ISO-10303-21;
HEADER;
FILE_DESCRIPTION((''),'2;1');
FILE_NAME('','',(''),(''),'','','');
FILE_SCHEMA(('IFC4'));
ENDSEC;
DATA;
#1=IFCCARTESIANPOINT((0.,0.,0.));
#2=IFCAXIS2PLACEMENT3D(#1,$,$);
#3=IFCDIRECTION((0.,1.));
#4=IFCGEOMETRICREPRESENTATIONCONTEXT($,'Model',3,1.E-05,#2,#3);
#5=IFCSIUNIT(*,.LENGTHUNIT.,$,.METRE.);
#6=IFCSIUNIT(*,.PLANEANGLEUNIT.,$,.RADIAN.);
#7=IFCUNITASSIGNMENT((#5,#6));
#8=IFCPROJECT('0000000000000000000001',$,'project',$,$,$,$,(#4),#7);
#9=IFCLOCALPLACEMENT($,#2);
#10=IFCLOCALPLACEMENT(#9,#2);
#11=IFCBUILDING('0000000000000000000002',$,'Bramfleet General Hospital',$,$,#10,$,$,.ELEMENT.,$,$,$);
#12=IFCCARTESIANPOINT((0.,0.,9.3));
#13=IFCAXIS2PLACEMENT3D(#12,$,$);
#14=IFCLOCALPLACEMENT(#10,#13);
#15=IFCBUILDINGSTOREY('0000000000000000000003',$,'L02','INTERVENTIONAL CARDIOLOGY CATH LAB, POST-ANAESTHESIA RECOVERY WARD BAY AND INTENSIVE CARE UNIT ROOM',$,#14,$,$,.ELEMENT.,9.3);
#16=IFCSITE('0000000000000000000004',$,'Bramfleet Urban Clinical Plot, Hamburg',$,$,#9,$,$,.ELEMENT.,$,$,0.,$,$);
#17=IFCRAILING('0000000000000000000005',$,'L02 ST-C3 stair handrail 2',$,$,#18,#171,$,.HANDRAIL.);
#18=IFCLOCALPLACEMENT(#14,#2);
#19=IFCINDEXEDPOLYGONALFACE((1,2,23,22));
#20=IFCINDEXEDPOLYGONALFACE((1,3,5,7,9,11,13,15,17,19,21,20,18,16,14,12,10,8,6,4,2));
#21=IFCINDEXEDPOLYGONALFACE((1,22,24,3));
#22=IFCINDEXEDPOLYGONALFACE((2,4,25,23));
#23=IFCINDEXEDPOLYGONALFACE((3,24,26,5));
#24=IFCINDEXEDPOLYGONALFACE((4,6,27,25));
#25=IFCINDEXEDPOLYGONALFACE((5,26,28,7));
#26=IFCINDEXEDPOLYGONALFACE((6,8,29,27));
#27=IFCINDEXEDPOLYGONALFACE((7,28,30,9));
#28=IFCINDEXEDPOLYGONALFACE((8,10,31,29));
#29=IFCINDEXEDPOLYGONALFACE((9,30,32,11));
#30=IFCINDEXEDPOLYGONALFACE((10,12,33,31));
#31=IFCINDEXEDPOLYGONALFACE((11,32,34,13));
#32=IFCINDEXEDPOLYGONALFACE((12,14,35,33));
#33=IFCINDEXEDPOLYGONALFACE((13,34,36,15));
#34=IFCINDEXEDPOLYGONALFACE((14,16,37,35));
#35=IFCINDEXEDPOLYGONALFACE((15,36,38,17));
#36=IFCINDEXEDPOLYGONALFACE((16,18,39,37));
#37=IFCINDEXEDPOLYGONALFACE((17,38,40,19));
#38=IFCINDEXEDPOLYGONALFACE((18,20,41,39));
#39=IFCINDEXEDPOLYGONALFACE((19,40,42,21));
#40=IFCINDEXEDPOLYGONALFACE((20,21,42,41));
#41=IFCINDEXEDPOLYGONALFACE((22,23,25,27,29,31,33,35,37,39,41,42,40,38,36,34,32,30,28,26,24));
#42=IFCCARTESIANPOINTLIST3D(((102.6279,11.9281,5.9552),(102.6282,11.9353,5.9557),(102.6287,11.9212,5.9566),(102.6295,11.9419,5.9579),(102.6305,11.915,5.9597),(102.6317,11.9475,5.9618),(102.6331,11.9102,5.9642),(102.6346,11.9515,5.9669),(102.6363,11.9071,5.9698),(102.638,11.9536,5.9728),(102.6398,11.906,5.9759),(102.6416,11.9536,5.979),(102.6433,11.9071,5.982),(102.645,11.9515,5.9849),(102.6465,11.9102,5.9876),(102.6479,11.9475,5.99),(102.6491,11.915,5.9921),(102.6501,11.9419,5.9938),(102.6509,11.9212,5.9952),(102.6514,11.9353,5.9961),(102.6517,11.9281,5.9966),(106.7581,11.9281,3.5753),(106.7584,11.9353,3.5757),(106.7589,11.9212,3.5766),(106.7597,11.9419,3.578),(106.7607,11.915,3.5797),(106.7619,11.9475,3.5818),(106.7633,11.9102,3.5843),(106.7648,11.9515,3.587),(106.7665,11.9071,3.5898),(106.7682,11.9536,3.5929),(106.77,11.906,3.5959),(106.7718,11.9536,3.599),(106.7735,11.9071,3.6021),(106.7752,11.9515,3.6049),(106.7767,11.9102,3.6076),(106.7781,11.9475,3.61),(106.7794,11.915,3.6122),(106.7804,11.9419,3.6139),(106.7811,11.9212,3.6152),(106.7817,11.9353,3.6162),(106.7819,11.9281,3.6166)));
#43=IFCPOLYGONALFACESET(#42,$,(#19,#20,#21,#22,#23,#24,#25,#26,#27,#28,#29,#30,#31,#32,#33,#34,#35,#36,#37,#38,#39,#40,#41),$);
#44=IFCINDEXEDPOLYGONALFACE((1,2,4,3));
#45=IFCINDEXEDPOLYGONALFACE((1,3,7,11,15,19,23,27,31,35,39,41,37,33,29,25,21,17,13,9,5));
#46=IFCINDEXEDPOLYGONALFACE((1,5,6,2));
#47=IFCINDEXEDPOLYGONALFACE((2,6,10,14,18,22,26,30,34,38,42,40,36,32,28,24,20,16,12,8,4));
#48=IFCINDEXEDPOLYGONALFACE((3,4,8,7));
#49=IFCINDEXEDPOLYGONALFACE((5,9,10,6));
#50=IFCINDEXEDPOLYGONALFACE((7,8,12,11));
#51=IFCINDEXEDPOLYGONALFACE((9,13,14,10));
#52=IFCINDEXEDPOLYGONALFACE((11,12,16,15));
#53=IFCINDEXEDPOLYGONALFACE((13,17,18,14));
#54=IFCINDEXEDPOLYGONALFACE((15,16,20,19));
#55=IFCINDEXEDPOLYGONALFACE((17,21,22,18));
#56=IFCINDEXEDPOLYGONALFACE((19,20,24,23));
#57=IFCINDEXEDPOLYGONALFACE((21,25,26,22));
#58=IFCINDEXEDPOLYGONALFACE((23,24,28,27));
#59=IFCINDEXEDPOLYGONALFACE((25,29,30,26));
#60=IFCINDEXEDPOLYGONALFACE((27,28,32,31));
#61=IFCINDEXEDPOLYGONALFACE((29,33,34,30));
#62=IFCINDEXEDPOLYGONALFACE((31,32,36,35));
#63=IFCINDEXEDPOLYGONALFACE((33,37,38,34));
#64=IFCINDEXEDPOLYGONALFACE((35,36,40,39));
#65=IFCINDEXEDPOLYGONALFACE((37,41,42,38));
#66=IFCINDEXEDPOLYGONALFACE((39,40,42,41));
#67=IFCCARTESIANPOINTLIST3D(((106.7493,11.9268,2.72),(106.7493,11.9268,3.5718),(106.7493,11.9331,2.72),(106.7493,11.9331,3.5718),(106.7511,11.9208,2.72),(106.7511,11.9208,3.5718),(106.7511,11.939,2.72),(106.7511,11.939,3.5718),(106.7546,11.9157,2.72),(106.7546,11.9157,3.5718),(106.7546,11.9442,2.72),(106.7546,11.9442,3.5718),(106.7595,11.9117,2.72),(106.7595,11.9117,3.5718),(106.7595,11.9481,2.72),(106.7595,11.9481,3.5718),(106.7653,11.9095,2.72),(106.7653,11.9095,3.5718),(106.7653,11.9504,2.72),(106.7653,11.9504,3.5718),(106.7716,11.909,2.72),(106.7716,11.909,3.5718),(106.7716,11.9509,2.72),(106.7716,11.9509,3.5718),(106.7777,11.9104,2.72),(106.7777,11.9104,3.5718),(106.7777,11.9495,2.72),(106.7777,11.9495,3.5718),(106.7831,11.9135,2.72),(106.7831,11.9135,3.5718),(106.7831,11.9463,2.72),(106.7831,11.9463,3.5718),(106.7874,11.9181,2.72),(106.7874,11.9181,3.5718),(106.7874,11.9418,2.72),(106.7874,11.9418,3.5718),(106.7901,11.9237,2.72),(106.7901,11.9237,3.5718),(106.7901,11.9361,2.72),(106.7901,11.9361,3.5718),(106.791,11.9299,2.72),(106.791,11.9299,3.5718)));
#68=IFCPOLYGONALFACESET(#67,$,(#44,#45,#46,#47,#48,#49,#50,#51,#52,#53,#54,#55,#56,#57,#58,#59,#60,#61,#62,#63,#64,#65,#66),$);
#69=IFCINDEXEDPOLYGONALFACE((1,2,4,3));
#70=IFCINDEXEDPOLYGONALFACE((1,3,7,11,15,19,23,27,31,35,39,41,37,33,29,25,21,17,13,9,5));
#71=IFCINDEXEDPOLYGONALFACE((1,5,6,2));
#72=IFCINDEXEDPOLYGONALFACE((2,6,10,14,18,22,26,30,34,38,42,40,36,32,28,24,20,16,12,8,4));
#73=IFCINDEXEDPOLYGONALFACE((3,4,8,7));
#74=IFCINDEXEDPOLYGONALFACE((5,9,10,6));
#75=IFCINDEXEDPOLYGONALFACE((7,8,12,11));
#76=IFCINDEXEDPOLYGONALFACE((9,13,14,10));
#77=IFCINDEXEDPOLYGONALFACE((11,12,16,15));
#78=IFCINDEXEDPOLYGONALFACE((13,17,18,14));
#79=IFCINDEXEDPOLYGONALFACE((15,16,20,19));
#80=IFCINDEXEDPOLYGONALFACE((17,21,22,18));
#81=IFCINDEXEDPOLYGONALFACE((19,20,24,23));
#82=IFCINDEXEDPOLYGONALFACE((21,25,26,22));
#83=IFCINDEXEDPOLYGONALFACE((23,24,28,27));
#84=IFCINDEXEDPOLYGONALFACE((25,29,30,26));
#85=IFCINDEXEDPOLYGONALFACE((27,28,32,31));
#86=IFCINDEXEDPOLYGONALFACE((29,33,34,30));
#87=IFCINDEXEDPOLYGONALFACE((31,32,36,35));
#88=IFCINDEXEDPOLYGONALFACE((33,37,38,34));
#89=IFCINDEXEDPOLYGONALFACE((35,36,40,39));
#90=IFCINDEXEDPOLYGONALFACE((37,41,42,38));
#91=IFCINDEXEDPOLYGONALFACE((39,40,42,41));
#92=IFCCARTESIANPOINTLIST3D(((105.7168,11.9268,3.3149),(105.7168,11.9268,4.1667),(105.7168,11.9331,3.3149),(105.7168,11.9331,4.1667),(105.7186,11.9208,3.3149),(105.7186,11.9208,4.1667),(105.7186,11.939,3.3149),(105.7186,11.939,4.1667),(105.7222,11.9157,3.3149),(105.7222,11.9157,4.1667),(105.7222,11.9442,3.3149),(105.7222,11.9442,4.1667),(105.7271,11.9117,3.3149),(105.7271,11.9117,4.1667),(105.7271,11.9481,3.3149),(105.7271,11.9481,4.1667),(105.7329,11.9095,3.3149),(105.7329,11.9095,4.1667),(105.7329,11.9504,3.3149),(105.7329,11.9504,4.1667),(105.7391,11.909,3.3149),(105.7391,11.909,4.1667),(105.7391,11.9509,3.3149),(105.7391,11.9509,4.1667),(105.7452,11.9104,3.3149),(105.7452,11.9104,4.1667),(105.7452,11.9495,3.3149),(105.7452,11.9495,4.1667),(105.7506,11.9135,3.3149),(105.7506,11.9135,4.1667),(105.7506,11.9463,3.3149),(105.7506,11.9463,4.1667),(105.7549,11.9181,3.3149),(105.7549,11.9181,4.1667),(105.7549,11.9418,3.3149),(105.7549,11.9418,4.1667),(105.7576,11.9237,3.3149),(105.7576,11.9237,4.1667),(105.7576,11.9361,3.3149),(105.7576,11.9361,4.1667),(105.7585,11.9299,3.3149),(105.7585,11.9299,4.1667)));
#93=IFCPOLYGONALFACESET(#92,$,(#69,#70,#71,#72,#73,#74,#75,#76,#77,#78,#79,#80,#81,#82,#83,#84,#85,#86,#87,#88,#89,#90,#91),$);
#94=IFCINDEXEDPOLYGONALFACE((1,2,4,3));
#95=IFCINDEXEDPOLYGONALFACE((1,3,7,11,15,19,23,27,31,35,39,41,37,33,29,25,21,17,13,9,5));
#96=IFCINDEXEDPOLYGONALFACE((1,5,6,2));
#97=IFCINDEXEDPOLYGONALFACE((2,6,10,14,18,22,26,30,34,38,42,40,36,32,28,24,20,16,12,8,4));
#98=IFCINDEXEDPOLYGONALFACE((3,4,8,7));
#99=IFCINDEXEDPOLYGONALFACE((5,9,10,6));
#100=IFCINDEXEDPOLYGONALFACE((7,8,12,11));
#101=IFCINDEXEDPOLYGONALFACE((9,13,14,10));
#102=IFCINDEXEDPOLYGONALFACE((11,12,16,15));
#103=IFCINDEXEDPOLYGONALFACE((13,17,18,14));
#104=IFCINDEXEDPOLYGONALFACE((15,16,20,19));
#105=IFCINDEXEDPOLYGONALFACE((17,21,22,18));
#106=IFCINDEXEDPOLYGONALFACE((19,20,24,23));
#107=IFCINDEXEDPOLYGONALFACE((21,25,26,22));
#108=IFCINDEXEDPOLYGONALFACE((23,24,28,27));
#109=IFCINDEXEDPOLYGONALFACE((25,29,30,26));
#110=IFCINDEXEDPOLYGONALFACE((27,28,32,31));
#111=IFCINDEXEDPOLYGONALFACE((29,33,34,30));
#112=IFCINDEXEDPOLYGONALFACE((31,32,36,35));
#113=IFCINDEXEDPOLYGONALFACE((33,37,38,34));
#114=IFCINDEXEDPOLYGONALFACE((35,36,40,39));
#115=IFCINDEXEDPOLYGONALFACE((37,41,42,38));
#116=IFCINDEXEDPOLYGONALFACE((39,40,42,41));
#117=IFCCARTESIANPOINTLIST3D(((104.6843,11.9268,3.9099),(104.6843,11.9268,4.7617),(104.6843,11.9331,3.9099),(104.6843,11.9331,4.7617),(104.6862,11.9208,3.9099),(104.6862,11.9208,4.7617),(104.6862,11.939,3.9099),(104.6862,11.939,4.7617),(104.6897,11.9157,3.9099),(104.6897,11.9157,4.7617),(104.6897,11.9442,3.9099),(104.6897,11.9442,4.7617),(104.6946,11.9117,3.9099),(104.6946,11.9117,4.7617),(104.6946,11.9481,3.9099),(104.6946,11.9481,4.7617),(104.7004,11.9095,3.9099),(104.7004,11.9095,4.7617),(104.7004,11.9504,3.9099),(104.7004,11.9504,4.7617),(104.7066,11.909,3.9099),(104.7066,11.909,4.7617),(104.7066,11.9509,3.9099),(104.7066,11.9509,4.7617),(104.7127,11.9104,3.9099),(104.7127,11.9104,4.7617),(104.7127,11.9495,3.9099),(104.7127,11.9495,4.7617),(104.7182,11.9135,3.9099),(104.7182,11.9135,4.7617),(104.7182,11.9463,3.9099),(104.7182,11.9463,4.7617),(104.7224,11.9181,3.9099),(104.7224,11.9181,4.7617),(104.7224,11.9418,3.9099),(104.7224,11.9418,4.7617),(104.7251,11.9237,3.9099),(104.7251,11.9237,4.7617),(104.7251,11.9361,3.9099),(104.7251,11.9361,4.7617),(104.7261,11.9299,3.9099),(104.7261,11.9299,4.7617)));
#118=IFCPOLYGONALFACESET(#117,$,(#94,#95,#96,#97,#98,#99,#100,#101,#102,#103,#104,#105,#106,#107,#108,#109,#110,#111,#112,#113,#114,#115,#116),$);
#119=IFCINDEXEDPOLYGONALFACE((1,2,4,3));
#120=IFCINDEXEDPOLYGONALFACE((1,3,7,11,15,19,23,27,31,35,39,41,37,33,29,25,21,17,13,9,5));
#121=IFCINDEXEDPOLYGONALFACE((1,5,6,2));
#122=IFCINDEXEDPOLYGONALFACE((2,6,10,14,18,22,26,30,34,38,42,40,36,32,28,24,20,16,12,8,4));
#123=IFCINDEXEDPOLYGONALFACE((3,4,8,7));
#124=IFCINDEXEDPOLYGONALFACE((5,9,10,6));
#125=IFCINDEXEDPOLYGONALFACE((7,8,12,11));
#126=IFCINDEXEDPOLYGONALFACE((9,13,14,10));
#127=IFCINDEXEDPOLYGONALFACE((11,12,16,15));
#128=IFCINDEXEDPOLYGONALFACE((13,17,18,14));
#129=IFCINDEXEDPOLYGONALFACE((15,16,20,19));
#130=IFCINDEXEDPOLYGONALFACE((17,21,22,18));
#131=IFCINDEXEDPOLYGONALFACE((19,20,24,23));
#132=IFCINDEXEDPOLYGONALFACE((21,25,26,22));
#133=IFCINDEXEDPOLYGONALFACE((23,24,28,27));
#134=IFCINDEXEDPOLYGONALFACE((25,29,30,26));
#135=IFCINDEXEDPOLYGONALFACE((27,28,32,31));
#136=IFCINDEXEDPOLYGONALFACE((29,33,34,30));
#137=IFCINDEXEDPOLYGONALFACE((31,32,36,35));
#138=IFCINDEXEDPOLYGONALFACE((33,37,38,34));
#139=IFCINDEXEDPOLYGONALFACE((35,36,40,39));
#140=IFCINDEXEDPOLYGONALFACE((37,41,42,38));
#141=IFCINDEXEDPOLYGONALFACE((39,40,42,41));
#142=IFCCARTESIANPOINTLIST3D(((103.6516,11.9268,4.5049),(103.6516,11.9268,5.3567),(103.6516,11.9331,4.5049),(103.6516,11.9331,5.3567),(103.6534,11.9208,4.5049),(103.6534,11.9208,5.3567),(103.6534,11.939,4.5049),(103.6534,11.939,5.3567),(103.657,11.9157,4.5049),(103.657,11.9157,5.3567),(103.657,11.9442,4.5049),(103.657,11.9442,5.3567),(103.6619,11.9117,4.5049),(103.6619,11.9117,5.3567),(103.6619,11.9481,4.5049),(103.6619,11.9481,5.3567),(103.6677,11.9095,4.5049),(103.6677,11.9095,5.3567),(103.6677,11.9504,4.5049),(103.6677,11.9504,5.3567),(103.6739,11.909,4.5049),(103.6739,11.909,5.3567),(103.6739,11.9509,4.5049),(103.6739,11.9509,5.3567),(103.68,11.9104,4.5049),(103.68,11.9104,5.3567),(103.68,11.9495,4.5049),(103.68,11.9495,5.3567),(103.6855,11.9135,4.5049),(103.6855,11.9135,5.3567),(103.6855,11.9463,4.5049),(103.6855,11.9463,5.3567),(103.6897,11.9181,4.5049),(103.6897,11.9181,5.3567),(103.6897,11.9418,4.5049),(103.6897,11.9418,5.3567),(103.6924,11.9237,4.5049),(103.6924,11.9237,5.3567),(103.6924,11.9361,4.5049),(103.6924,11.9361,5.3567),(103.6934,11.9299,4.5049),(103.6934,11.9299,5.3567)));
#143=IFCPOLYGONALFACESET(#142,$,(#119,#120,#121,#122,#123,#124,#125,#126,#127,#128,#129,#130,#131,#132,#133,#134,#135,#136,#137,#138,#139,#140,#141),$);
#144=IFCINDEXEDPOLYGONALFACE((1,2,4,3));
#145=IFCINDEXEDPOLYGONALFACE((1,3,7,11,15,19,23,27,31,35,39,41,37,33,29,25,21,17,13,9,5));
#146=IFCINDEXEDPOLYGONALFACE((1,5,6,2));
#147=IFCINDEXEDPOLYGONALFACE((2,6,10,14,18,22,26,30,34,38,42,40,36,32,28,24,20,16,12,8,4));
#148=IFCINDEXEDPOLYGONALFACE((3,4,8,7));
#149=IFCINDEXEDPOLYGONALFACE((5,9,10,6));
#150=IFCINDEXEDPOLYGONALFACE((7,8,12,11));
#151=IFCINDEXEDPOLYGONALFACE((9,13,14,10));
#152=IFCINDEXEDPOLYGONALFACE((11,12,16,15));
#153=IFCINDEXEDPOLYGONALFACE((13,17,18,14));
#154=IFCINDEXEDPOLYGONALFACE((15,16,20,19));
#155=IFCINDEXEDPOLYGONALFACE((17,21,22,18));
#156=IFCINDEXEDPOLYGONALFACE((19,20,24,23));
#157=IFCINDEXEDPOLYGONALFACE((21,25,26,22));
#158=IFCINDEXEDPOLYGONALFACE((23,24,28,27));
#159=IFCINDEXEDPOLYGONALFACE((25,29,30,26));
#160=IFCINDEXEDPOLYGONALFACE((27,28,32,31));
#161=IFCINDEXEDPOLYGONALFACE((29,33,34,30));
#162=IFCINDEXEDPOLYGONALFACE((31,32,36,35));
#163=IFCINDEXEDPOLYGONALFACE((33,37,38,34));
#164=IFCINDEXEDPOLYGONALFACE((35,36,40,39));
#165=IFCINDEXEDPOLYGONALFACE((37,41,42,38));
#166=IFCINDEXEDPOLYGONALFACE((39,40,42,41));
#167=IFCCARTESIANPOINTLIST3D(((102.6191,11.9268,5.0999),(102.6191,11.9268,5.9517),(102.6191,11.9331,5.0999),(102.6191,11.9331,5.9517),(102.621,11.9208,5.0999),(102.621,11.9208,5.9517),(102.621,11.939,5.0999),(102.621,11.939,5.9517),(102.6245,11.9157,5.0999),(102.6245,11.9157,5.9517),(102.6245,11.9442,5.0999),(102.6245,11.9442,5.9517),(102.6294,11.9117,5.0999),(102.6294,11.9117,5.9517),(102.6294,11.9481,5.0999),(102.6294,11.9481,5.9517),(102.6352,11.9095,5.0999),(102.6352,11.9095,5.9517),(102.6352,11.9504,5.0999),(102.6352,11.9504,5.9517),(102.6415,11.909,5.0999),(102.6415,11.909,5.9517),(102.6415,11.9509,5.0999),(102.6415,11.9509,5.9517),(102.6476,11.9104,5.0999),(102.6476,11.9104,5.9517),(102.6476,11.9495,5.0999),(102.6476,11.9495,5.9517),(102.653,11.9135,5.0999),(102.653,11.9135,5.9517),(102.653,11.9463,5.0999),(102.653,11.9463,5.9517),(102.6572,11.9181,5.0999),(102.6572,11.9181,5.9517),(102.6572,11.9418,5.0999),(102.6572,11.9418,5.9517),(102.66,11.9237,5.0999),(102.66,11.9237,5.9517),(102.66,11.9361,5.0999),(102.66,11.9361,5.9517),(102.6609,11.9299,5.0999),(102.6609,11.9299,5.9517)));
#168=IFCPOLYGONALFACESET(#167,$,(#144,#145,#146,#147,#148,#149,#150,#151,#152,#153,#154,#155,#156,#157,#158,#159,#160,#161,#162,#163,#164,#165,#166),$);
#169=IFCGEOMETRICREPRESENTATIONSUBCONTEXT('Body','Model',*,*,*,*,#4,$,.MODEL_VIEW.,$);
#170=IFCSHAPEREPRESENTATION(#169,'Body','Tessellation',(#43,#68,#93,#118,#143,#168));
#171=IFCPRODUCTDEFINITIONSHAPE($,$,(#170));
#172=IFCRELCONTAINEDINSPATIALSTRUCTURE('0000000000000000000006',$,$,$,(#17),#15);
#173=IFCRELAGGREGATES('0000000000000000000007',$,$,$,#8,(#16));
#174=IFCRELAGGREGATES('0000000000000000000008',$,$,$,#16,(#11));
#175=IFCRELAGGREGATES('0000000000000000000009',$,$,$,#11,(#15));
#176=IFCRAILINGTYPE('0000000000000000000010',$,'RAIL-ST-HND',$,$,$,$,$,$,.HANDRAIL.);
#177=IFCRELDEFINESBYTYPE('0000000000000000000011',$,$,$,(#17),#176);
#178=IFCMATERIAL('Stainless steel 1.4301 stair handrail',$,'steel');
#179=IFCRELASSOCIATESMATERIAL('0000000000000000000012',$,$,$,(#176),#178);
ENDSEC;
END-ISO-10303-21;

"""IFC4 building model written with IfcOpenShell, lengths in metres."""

from ifc_helpers import new_model, si_unit, direction, frame, origin, origin_2d, place, context, subcontext, project, spatial, circle, extrude, material, type_object, element, save


model = new_model("IFC4")

# Units and contexts
model_context = context("Model", 3, precision=1e-05, world=origin(), true_north=direction((0.0, 1.0)))
body_context = subcontext(model_context, "Body", "Model", "MODEL_VIEW")
ifc_project = project(units=[si_unit("LENGTHUNIT", "METRE"), si_unit("PLANEANGLEUNIT", "RADIAN")], contexts=[model_context])

# Site, building, storey
site_placement = place(None, origin())
site = spatial("IfcSite", under=ifc_project, at=site_placement, Name="Bramfleet Urban Clinical Plot, Hamburg", CompositionType="ELEMENT", RefElevation=0.0)
building_placement = place(site_placement, origin())
building = spatial("IfcBuilding", under=site, at=building_placement, Name="Bramfleet General Hospital", CompositionType="ELEMENT")
storey_placement = place(building_placement, frame((0.0, 0.0, 9.3)))
storey = spatial("IfcBuildingStorey", under=building, at=storey_placement, Name="L02", Description="INTERVENTIONAL CARDIOLOGY CATH LAB, POST-ANAESTHESIA RECOVERY WARD BAY AND INTENSIVE CARE UNIT ROOM", CompositionType="ELEMENT", Elevation=9.3)

# Railing
ifc_material_1 = material(Name="Stainless steel 1.4301 stair handrail", Category="steel")
railing_type_1 = type_object("IfcRailingType", Name="RAIL-ST-HND", PredefinedType="HANDRAIL", material=ifc_material_1)
railing_1_placement = place(storey_placement, frame((106.77, 11.9299, 2.72)))
element("IfcRailing", 1, at=railing_1_placement, inside=storey, type_object=railing_type_1, Name="L02 ST-C3 stair handrail 2", PredefinedType="HANDRAIL", context=body_context, shape_type="SweptSolid", body=[
    extrude(circle(Radius=0.0239, at=origin_2d()), frame((0.0, 0.0, 0.876), z_axis=(-0.866447, 0.0, 0.499269), x_axis=(0.0, -1.0, 0.0)), (0.0, 0.0, 1.0), 4.7668),
    extrude(circle(Radius=0.021, at=origin_2d()), origin(), (0.0, 0.0, 1.0), 0.8518),
    extrude(circle(Radius=0.021, at=origin_2d()), frame((-1.0325, 0.0, 0.595)), (0.0, 0.0, 1.0), 0.8518),
    extrude(circle(Radius=0.021, at=origin_2d()), frame((-2.0649, 0.0, 1.1899)), (0.0, 0.0, 1.0), 0.8518),
    extrude(circle(Radius=0.021, at=origin_2d()), frame((-3.0977, 0.0, 1.7849)), (0.0, 0.0, 1.0), 0.8518),
    extrude(circle(Radius=0.021, at=origin_2d()), frame((-4.1301, 0.0, 2.3799)), (0.0, 0.0, 1.0), 0.8518),
])

save(model, "model.ifc")
